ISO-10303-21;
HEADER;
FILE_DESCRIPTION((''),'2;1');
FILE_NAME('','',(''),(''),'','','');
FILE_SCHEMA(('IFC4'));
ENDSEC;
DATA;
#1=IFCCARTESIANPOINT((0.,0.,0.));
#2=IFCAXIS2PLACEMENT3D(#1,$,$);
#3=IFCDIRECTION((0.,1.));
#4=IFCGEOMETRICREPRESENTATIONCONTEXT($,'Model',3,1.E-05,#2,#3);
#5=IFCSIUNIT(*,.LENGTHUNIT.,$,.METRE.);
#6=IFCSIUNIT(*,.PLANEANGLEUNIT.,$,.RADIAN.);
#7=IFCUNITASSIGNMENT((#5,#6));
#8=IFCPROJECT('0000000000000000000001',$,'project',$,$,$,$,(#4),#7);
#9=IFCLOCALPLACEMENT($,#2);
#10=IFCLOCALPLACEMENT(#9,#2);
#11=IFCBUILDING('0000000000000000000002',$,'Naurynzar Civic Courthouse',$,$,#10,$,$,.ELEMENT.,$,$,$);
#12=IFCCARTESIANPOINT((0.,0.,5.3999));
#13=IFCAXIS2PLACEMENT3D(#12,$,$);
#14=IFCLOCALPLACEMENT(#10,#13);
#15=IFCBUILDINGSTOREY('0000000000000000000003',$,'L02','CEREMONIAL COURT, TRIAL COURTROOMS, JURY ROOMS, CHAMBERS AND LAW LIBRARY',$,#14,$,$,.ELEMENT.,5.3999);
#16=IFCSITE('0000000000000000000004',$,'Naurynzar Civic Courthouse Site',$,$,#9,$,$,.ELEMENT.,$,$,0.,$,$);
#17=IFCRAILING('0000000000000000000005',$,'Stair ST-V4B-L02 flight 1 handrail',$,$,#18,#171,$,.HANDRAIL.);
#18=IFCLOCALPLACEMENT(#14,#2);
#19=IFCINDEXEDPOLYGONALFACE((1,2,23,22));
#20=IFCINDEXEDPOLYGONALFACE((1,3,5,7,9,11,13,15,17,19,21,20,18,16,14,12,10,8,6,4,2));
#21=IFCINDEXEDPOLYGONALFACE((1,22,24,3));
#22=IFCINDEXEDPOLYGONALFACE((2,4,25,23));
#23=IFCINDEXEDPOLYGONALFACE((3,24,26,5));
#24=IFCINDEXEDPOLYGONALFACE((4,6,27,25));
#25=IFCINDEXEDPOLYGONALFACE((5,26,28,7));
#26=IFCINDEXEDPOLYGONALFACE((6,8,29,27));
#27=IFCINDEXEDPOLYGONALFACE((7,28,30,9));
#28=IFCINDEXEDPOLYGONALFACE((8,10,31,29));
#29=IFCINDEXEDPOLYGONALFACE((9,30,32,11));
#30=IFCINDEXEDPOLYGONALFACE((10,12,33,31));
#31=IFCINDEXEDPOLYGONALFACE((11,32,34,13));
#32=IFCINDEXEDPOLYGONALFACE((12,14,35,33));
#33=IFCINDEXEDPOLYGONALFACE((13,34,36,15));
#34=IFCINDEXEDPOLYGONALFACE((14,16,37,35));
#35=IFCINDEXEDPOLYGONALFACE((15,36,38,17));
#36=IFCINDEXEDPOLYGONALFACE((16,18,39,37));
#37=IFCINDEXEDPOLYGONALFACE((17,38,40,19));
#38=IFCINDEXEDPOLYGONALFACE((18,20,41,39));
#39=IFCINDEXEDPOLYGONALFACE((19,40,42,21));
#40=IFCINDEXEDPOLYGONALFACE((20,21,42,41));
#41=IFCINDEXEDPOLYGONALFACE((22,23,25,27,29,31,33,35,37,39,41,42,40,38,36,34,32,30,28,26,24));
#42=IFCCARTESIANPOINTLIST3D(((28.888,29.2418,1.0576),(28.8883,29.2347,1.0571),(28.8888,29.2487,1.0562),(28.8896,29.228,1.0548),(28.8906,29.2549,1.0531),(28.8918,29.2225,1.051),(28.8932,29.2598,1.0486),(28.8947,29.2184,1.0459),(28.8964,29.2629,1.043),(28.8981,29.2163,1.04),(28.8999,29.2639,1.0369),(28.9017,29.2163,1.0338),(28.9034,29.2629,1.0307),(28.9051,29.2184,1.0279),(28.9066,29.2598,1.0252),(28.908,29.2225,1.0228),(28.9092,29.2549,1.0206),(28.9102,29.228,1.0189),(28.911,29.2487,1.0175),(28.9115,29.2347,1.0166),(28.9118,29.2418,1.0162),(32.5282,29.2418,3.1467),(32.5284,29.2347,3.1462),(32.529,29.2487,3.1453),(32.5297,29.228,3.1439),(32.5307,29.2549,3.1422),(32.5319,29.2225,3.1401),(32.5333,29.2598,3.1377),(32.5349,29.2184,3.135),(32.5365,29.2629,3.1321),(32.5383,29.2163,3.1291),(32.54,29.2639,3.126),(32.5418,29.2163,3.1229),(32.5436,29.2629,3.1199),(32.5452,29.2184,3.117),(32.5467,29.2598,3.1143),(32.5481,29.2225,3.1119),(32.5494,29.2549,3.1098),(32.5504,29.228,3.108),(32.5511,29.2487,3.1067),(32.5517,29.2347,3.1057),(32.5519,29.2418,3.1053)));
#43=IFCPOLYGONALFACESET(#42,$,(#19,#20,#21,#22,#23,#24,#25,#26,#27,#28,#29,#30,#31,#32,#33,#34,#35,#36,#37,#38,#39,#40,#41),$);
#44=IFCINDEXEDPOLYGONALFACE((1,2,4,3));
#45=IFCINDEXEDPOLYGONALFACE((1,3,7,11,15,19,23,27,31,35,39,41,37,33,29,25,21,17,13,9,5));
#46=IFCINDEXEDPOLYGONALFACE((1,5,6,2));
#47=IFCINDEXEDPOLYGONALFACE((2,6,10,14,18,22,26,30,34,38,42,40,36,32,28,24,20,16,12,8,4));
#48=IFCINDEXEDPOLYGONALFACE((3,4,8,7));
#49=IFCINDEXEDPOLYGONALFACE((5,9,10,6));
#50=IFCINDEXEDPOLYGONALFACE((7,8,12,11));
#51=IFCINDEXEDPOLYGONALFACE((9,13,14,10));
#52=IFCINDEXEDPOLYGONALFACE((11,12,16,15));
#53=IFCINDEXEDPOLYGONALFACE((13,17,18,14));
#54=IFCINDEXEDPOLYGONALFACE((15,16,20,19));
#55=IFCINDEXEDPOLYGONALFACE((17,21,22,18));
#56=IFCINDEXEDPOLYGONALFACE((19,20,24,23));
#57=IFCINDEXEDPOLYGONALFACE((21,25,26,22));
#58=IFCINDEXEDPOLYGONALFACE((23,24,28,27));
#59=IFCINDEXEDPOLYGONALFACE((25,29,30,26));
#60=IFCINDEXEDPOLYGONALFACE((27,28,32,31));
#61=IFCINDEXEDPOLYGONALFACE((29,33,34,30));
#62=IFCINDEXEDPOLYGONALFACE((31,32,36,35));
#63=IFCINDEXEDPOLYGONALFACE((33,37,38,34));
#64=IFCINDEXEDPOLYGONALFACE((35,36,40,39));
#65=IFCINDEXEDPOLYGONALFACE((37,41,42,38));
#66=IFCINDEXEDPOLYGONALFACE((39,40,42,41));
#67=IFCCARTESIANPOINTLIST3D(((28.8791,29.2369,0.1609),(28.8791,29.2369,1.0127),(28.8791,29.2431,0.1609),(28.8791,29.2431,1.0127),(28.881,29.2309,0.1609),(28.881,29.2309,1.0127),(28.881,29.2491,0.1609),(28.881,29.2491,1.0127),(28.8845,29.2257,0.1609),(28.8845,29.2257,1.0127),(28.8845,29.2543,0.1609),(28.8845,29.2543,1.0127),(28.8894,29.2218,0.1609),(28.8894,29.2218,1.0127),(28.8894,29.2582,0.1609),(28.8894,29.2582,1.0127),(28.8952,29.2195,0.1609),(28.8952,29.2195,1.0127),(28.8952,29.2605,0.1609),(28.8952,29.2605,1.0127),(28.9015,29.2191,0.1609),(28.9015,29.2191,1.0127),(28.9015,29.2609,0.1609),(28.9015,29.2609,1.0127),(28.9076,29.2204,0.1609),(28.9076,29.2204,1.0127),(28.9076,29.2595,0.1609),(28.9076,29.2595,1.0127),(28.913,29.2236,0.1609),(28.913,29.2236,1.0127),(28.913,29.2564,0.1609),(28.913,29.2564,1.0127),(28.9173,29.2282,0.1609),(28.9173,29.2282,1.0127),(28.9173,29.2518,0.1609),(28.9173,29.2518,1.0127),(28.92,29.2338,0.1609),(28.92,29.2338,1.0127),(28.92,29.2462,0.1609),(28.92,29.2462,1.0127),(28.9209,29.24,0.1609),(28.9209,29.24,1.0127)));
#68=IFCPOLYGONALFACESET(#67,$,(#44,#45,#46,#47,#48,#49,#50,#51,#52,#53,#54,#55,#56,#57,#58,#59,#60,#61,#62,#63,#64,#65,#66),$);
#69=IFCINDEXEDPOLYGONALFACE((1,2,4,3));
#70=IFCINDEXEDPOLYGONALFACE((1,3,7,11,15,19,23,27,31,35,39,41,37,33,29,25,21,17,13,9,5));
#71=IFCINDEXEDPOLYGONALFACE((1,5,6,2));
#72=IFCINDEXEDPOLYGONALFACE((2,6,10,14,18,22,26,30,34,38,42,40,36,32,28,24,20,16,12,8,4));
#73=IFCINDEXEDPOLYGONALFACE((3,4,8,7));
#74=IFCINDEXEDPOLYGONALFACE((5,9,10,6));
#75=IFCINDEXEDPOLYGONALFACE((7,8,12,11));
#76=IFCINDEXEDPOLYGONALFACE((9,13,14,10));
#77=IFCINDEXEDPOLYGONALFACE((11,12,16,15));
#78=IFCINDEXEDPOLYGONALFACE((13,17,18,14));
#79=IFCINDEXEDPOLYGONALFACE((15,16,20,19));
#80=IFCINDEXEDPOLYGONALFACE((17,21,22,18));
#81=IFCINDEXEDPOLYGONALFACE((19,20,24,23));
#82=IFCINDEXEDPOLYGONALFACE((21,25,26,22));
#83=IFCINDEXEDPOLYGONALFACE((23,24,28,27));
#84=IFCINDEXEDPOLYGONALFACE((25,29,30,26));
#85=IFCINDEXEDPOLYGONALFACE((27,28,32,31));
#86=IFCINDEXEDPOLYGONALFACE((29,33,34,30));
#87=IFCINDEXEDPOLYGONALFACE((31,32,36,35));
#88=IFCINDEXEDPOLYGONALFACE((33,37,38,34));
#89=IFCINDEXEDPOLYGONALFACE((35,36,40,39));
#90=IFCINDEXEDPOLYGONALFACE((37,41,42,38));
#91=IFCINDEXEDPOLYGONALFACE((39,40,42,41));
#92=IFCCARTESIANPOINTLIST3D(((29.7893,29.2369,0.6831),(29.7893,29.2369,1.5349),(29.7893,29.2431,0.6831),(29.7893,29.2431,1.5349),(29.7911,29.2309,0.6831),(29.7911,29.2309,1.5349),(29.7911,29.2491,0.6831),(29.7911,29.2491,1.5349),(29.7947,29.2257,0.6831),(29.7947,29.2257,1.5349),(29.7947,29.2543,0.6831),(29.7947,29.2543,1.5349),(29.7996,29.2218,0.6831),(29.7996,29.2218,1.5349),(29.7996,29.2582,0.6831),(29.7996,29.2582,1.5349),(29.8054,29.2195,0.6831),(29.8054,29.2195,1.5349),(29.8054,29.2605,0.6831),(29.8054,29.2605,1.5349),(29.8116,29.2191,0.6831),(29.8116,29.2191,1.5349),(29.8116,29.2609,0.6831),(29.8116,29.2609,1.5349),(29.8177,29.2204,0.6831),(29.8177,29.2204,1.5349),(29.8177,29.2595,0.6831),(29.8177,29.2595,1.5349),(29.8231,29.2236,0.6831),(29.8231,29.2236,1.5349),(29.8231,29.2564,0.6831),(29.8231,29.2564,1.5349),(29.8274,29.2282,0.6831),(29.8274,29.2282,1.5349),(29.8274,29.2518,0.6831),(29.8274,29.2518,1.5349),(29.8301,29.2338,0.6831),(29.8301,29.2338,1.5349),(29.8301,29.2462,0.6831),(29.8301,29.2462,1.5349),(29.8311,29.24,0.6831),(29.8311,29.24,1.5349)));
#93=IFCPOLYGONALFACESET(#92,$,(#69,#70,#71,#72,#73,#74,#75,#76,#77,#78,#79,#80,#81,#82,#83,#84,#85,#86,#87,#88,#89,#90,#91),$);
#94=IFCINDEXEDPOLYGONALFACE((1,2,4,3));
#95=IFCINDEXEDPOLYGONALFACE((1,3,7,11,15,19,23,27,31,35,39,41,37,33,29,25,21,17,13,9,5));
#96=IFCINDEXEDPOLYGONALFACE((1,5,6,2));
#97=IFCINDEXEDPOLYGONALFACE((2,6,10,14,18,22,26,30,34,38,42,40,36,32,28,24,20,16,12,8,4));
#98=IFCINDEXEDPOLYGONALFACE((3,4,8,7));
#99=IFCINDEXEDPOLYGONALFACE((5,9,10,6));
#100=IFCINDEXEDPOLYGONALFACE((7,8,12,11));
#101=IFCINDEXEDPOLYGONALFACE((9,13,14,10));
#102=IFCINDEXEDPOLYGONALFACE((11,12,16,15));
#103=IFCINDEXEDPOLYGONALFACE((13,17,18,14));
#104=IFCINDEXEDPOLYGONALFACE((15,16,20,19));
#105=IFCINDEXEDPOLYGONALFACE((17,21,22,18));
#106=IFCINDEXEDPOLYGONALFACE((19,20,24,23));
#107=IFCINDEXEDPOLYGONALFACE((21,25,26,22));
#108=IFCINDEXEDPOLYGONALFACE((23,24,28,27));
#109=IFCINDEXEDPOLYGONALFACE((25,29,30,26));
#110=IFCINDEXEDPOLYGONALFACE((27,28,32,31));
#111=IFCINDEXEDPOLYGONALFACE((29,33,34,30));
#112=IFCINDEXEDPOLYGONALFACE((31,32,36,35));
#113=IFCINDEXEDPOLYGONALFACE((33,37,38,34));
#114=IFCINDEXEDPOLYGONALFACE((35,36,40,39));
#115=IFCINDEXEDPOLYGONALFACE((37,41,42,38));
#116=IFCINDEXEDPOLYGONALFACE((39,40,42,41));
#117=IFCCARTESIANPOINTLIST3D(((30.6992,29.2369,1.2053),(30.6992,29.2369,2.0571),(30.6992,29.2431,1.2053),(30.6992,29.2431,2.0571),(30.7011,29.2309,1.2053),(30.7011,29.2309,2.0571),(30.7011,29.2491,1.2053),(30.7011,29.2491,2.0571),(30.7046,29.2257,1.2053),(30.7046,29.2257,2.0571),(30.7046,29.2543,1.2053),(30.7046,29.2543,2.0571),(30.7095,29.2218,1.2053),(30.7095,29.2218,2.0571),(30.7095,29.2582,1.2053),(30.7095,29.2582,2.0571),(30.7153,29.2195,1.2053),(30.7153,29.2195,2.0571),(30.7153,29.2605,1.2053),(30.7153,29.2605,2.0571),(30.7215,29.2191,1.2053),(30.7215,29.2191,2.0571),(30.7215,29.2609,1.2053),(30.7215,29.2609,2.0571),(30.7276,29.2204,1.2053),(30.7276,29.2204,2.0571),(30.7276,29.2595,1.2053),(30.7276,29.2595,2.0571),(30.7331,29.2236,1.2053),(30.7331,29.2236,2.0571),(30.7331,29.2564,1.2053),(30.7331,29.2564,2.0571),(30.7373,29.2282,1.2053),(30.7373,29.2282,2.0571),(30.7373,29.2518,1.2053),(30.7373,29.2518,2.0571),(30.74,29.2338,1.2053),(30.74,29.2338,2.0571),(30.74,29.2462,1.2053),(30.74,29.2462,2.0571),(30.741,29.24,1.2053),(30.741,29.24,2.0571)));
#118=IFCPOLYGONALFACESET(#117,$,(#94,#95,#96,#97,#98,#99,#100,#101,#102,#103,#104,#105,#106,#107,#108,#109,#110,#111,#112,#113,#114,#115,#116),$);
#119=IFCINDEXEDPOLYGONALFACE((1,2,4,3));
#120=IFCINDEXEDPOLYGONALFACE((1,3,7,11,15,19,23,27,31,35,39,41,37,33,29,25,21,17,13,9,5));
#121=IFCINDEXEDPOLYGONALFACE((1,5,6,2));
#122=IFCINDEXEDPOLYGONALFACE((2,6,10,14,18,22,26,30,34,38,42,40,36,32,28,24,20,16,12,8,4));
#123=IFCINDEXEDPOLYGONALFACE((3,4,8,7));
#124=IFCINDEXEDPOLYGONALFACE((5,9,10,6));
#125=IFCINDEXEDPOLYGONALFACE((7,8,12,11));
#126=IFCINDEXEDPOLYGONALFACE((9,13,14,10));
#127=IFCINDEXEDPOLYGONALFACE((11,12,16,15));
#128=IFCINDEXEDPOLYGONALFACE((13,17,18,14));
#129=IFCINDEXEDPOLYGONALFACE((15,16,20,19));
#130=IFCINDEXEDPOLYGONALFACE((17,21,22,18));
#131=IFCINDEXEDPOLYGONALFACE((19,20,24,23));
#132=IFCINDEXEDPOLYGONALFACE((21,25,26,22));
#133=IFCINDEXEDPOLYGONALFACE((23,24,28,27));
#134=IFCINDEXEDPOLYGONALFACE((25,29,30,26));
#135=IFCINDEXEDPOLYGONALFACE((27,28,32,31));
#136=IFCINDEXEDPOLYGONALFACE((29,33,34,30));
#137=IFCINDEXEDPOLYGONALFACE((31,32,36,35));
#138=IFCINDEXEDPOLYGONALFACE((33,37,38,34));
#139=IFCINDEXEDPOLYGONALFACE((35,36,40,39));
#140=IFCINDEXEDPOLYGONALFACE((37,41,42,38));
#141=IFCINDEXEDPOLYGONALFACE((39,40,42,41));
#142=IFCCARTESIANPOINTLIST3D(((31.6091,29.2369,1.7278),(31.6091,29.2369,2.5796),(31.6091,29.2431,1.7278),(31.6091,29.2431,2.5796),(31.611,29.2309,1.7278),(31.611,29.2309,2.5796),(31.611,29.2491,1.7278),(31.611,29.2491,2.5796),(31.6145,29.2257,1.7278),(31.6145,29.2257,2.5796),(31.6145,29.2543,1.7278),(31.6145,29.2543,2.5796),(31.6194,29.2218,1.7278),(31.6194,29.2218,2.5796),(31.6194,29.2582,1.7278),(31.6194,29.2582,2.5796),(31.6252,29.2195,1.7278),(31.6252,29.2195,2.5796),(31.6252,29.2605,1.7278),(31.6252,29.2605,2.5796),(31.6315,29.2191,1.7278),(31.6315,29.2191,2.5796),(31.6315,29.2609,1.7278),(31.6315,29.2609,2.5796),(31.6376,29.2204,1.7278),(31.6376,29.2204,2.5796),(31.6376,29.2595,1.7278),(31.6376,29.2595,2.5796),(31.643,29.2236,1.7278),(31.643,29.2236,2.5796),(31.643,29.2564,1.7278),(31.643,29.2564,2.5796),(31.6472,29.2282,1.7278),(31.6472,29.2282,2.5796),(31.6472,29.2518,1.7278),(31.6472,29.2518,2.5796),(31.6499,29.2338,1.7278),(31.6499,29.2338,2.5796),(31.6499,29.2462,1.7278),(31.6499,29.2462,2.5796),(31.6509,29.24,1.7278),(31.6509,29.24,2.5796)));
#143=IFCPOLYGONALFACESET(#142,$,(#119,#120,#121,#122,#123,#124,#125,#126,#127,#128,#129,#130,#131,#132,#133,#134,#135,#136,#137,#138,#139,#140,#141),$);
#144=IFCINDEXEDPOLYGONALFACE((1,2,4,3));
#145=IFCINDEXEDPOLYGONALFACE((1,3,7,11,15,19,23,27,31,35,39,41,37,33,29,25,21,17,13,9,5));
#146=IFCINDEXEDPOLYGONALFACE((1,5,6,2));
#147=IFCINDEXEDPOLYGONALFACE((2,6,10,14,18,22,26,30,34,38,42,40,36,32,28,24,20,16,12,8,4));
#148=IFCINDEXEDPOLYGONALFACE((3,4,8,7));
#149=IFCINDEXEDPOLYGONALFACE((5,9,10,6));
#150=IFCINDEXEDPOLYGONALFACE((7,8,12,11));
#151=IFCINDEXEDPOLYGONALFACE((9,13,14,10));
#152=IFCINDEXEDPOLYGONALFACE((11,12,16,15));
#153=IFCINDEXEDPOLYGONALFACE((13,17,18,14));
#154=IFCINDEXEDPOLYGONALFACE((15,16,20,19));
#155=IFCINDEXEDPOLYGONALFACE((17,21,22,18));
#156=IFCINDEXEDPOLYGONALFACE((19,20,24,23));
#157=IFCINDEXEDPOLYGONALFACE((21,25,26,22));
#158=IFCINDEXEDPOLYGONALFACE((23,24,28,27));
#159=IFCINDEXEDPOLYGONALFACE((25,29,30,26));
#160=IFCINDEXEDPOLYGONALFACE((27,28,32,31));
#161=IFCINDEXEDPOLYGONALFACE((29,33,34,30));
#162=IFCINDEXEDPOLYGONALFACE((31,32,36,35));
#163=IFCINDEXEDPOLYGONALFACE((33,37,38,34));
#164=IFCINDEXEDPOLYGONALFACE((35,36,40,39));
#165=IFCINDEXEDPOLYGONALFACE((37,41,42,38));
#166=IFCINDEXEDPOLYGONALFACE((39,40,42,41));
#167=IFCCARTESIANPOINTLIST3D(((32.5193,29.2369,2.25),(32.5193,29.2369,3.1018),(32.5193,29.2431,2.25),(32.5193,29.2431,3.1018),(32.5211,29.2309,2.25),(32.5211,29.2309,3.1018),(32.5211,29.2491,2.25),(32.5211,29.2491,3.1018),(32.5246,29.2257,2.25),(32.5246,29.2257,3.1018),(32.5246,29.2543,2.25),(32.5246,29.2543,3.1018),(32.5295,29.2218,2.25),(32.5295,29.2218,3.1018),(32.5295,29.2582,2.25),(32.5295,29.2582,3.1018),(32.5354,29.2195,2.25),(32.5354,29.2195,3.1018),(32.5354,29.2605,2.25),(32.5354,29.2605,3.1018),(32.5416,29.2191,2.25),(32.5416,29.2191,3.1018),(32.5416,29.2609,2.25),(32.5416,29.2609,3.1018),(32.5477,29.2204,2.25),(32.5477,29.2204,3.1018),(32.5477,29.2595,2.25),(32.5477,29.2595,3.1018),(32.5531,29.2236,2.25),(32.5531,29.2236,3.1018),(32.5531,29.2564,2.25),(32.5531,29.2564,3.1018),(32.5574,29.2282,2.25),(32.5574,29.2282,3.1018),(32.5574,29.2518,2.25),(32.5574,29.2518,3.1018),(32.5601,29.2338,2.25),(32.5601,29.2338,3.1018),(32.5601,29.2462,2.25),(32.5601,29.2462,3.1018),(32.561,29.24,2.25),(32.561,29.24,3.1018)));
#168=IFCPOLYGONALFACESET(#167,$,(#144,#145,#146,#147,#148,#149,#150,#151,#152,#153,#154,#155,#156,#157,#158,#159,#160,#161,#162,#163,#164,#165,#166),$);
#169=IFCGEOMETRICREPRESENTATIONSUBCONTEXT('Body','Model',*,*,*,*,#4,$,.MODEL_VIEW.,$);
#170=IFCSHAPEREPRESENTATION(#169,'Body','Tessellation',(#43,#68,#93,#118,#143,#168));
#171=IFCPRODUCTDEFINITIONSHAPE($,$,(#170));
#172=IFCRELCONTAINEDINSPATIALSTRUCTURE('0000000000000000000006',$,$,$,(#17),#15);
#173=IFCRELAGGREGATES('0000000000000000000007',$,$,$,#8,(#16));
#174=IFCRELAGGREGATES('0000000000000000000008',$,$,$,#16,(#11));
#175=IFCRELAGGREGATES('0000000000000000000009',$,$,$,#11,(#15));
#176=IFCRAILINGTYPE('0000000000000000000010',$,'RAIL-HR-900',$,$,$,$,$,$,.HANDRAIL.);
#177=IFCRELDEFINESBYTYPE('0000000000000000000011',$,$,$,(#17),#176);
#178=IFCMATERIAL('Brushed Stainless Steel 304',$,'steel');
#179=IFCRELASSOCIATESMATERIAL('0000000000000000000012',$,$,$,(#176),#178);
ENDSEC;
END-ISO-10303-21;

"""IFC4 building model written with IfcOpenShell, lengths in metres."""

from ifc_helpers import new_model, si_unit, direction, frame, origin, origin_2d, place, context, subcontext, project, spatial, circle, extrude, material, type_object, element, save


model = new_model("IFC4")

# Units and contexts
model_context = context("Model", 3, precision=1e-05, world=origin(), true_north=direction((0.0, 1.0)))
body_context = subcontext(model_context, "Body", "Model", "MODEL_VIEW")
ifc_project = project(units=[si_unit("LENGTHUNIT", "METRE"), si_unit("PLANEANGLEUNIT", "RADIAN")], contexts=[model_context])

# Site, building, storey
site_placement = place(None, origin())
site = spatial("IfcSite", under=ifc_project, at=site_placement, Name="Naurynzar Civic Courthouse Site", CompositionType="ELEMENT", RefElevation=0.0)
building_placement = place(site_placement, origin())
building = spatial("IfcBuilding", under=site, at=building_placement, Name="Naurynzar Civic Courthouse", CompositionType="ELEMENT")
storey_placement = place(building_placement, frame((0.0, 0.0, 5.3999)))
storey = spatial("IfcBuildingStorey", under=building, at=storey_placement, Name="L02", Description="CEREMONIAL COURT, TRIAL COURTROOMS, JURY ROOMS, CHAMBERS AND LAW LIBRARY", CompositionType="ELEMENT", Elevation=5.3999)

# Railing
ifc_material_1 = material(Name="Brushed Stainless Steel 304", Category="steel")
railing_type_1 = type_object("IfcRailingType", Name="RAIL-HR-900", PredefinedType="HANDRAIL", material=ifc_material_1)
railing_1_placement = place(storey_placement, frame((28.8999, 29.24, 0.1609)))
element("IfcRailing", 1, at=railing_1_placement, inside=storey, type_object=railing_type_1, Name="Stair ST-V4B-L02 flight 1 handrail", PredefinedType="HANDRAIL", context=body_context, shape_type="SweptSolid", body=[
    extrude(circle(Radius=0.0239, at=origin_2d()), frame((0.0, 0.0, 0.876), z_axis=(0.867314, 0.0, 0.497761), x_axis=(0.0, 1.0, 0.0)), (0.0, 0.0, 1.0), 4.197),
    extrude(circle(Radius=0.021, at=origin_2d()), origin(), (0.0, 0.0, 1.0), 0.8518),
    extrude(circle(Radius=0.021, at=origin_2d()), frame((0.9102, 0.0, 0.5222)), (0.0, 0.0, 1.0), 0.8518),
    extrude(circle(Radius=0.021, at=origin_2d()), frame((1.8201, 0.0, 1.0444)), (0.0, 0.0, 1.0), 0.8518),
    extrude(circle(Radius=0.021, at=origin_2d()), frame((2.73, 0.0, 1.5669)), (0.0, 0.0, 1.0), 0.8518),
    extrude(circle(Radius=0.021, at=origin_2d()), frame((3.6401, 0.0, 2.0891)), (0.0, 0.0, 1.0), 0.8518),
])

save(model, "model.ifc")
